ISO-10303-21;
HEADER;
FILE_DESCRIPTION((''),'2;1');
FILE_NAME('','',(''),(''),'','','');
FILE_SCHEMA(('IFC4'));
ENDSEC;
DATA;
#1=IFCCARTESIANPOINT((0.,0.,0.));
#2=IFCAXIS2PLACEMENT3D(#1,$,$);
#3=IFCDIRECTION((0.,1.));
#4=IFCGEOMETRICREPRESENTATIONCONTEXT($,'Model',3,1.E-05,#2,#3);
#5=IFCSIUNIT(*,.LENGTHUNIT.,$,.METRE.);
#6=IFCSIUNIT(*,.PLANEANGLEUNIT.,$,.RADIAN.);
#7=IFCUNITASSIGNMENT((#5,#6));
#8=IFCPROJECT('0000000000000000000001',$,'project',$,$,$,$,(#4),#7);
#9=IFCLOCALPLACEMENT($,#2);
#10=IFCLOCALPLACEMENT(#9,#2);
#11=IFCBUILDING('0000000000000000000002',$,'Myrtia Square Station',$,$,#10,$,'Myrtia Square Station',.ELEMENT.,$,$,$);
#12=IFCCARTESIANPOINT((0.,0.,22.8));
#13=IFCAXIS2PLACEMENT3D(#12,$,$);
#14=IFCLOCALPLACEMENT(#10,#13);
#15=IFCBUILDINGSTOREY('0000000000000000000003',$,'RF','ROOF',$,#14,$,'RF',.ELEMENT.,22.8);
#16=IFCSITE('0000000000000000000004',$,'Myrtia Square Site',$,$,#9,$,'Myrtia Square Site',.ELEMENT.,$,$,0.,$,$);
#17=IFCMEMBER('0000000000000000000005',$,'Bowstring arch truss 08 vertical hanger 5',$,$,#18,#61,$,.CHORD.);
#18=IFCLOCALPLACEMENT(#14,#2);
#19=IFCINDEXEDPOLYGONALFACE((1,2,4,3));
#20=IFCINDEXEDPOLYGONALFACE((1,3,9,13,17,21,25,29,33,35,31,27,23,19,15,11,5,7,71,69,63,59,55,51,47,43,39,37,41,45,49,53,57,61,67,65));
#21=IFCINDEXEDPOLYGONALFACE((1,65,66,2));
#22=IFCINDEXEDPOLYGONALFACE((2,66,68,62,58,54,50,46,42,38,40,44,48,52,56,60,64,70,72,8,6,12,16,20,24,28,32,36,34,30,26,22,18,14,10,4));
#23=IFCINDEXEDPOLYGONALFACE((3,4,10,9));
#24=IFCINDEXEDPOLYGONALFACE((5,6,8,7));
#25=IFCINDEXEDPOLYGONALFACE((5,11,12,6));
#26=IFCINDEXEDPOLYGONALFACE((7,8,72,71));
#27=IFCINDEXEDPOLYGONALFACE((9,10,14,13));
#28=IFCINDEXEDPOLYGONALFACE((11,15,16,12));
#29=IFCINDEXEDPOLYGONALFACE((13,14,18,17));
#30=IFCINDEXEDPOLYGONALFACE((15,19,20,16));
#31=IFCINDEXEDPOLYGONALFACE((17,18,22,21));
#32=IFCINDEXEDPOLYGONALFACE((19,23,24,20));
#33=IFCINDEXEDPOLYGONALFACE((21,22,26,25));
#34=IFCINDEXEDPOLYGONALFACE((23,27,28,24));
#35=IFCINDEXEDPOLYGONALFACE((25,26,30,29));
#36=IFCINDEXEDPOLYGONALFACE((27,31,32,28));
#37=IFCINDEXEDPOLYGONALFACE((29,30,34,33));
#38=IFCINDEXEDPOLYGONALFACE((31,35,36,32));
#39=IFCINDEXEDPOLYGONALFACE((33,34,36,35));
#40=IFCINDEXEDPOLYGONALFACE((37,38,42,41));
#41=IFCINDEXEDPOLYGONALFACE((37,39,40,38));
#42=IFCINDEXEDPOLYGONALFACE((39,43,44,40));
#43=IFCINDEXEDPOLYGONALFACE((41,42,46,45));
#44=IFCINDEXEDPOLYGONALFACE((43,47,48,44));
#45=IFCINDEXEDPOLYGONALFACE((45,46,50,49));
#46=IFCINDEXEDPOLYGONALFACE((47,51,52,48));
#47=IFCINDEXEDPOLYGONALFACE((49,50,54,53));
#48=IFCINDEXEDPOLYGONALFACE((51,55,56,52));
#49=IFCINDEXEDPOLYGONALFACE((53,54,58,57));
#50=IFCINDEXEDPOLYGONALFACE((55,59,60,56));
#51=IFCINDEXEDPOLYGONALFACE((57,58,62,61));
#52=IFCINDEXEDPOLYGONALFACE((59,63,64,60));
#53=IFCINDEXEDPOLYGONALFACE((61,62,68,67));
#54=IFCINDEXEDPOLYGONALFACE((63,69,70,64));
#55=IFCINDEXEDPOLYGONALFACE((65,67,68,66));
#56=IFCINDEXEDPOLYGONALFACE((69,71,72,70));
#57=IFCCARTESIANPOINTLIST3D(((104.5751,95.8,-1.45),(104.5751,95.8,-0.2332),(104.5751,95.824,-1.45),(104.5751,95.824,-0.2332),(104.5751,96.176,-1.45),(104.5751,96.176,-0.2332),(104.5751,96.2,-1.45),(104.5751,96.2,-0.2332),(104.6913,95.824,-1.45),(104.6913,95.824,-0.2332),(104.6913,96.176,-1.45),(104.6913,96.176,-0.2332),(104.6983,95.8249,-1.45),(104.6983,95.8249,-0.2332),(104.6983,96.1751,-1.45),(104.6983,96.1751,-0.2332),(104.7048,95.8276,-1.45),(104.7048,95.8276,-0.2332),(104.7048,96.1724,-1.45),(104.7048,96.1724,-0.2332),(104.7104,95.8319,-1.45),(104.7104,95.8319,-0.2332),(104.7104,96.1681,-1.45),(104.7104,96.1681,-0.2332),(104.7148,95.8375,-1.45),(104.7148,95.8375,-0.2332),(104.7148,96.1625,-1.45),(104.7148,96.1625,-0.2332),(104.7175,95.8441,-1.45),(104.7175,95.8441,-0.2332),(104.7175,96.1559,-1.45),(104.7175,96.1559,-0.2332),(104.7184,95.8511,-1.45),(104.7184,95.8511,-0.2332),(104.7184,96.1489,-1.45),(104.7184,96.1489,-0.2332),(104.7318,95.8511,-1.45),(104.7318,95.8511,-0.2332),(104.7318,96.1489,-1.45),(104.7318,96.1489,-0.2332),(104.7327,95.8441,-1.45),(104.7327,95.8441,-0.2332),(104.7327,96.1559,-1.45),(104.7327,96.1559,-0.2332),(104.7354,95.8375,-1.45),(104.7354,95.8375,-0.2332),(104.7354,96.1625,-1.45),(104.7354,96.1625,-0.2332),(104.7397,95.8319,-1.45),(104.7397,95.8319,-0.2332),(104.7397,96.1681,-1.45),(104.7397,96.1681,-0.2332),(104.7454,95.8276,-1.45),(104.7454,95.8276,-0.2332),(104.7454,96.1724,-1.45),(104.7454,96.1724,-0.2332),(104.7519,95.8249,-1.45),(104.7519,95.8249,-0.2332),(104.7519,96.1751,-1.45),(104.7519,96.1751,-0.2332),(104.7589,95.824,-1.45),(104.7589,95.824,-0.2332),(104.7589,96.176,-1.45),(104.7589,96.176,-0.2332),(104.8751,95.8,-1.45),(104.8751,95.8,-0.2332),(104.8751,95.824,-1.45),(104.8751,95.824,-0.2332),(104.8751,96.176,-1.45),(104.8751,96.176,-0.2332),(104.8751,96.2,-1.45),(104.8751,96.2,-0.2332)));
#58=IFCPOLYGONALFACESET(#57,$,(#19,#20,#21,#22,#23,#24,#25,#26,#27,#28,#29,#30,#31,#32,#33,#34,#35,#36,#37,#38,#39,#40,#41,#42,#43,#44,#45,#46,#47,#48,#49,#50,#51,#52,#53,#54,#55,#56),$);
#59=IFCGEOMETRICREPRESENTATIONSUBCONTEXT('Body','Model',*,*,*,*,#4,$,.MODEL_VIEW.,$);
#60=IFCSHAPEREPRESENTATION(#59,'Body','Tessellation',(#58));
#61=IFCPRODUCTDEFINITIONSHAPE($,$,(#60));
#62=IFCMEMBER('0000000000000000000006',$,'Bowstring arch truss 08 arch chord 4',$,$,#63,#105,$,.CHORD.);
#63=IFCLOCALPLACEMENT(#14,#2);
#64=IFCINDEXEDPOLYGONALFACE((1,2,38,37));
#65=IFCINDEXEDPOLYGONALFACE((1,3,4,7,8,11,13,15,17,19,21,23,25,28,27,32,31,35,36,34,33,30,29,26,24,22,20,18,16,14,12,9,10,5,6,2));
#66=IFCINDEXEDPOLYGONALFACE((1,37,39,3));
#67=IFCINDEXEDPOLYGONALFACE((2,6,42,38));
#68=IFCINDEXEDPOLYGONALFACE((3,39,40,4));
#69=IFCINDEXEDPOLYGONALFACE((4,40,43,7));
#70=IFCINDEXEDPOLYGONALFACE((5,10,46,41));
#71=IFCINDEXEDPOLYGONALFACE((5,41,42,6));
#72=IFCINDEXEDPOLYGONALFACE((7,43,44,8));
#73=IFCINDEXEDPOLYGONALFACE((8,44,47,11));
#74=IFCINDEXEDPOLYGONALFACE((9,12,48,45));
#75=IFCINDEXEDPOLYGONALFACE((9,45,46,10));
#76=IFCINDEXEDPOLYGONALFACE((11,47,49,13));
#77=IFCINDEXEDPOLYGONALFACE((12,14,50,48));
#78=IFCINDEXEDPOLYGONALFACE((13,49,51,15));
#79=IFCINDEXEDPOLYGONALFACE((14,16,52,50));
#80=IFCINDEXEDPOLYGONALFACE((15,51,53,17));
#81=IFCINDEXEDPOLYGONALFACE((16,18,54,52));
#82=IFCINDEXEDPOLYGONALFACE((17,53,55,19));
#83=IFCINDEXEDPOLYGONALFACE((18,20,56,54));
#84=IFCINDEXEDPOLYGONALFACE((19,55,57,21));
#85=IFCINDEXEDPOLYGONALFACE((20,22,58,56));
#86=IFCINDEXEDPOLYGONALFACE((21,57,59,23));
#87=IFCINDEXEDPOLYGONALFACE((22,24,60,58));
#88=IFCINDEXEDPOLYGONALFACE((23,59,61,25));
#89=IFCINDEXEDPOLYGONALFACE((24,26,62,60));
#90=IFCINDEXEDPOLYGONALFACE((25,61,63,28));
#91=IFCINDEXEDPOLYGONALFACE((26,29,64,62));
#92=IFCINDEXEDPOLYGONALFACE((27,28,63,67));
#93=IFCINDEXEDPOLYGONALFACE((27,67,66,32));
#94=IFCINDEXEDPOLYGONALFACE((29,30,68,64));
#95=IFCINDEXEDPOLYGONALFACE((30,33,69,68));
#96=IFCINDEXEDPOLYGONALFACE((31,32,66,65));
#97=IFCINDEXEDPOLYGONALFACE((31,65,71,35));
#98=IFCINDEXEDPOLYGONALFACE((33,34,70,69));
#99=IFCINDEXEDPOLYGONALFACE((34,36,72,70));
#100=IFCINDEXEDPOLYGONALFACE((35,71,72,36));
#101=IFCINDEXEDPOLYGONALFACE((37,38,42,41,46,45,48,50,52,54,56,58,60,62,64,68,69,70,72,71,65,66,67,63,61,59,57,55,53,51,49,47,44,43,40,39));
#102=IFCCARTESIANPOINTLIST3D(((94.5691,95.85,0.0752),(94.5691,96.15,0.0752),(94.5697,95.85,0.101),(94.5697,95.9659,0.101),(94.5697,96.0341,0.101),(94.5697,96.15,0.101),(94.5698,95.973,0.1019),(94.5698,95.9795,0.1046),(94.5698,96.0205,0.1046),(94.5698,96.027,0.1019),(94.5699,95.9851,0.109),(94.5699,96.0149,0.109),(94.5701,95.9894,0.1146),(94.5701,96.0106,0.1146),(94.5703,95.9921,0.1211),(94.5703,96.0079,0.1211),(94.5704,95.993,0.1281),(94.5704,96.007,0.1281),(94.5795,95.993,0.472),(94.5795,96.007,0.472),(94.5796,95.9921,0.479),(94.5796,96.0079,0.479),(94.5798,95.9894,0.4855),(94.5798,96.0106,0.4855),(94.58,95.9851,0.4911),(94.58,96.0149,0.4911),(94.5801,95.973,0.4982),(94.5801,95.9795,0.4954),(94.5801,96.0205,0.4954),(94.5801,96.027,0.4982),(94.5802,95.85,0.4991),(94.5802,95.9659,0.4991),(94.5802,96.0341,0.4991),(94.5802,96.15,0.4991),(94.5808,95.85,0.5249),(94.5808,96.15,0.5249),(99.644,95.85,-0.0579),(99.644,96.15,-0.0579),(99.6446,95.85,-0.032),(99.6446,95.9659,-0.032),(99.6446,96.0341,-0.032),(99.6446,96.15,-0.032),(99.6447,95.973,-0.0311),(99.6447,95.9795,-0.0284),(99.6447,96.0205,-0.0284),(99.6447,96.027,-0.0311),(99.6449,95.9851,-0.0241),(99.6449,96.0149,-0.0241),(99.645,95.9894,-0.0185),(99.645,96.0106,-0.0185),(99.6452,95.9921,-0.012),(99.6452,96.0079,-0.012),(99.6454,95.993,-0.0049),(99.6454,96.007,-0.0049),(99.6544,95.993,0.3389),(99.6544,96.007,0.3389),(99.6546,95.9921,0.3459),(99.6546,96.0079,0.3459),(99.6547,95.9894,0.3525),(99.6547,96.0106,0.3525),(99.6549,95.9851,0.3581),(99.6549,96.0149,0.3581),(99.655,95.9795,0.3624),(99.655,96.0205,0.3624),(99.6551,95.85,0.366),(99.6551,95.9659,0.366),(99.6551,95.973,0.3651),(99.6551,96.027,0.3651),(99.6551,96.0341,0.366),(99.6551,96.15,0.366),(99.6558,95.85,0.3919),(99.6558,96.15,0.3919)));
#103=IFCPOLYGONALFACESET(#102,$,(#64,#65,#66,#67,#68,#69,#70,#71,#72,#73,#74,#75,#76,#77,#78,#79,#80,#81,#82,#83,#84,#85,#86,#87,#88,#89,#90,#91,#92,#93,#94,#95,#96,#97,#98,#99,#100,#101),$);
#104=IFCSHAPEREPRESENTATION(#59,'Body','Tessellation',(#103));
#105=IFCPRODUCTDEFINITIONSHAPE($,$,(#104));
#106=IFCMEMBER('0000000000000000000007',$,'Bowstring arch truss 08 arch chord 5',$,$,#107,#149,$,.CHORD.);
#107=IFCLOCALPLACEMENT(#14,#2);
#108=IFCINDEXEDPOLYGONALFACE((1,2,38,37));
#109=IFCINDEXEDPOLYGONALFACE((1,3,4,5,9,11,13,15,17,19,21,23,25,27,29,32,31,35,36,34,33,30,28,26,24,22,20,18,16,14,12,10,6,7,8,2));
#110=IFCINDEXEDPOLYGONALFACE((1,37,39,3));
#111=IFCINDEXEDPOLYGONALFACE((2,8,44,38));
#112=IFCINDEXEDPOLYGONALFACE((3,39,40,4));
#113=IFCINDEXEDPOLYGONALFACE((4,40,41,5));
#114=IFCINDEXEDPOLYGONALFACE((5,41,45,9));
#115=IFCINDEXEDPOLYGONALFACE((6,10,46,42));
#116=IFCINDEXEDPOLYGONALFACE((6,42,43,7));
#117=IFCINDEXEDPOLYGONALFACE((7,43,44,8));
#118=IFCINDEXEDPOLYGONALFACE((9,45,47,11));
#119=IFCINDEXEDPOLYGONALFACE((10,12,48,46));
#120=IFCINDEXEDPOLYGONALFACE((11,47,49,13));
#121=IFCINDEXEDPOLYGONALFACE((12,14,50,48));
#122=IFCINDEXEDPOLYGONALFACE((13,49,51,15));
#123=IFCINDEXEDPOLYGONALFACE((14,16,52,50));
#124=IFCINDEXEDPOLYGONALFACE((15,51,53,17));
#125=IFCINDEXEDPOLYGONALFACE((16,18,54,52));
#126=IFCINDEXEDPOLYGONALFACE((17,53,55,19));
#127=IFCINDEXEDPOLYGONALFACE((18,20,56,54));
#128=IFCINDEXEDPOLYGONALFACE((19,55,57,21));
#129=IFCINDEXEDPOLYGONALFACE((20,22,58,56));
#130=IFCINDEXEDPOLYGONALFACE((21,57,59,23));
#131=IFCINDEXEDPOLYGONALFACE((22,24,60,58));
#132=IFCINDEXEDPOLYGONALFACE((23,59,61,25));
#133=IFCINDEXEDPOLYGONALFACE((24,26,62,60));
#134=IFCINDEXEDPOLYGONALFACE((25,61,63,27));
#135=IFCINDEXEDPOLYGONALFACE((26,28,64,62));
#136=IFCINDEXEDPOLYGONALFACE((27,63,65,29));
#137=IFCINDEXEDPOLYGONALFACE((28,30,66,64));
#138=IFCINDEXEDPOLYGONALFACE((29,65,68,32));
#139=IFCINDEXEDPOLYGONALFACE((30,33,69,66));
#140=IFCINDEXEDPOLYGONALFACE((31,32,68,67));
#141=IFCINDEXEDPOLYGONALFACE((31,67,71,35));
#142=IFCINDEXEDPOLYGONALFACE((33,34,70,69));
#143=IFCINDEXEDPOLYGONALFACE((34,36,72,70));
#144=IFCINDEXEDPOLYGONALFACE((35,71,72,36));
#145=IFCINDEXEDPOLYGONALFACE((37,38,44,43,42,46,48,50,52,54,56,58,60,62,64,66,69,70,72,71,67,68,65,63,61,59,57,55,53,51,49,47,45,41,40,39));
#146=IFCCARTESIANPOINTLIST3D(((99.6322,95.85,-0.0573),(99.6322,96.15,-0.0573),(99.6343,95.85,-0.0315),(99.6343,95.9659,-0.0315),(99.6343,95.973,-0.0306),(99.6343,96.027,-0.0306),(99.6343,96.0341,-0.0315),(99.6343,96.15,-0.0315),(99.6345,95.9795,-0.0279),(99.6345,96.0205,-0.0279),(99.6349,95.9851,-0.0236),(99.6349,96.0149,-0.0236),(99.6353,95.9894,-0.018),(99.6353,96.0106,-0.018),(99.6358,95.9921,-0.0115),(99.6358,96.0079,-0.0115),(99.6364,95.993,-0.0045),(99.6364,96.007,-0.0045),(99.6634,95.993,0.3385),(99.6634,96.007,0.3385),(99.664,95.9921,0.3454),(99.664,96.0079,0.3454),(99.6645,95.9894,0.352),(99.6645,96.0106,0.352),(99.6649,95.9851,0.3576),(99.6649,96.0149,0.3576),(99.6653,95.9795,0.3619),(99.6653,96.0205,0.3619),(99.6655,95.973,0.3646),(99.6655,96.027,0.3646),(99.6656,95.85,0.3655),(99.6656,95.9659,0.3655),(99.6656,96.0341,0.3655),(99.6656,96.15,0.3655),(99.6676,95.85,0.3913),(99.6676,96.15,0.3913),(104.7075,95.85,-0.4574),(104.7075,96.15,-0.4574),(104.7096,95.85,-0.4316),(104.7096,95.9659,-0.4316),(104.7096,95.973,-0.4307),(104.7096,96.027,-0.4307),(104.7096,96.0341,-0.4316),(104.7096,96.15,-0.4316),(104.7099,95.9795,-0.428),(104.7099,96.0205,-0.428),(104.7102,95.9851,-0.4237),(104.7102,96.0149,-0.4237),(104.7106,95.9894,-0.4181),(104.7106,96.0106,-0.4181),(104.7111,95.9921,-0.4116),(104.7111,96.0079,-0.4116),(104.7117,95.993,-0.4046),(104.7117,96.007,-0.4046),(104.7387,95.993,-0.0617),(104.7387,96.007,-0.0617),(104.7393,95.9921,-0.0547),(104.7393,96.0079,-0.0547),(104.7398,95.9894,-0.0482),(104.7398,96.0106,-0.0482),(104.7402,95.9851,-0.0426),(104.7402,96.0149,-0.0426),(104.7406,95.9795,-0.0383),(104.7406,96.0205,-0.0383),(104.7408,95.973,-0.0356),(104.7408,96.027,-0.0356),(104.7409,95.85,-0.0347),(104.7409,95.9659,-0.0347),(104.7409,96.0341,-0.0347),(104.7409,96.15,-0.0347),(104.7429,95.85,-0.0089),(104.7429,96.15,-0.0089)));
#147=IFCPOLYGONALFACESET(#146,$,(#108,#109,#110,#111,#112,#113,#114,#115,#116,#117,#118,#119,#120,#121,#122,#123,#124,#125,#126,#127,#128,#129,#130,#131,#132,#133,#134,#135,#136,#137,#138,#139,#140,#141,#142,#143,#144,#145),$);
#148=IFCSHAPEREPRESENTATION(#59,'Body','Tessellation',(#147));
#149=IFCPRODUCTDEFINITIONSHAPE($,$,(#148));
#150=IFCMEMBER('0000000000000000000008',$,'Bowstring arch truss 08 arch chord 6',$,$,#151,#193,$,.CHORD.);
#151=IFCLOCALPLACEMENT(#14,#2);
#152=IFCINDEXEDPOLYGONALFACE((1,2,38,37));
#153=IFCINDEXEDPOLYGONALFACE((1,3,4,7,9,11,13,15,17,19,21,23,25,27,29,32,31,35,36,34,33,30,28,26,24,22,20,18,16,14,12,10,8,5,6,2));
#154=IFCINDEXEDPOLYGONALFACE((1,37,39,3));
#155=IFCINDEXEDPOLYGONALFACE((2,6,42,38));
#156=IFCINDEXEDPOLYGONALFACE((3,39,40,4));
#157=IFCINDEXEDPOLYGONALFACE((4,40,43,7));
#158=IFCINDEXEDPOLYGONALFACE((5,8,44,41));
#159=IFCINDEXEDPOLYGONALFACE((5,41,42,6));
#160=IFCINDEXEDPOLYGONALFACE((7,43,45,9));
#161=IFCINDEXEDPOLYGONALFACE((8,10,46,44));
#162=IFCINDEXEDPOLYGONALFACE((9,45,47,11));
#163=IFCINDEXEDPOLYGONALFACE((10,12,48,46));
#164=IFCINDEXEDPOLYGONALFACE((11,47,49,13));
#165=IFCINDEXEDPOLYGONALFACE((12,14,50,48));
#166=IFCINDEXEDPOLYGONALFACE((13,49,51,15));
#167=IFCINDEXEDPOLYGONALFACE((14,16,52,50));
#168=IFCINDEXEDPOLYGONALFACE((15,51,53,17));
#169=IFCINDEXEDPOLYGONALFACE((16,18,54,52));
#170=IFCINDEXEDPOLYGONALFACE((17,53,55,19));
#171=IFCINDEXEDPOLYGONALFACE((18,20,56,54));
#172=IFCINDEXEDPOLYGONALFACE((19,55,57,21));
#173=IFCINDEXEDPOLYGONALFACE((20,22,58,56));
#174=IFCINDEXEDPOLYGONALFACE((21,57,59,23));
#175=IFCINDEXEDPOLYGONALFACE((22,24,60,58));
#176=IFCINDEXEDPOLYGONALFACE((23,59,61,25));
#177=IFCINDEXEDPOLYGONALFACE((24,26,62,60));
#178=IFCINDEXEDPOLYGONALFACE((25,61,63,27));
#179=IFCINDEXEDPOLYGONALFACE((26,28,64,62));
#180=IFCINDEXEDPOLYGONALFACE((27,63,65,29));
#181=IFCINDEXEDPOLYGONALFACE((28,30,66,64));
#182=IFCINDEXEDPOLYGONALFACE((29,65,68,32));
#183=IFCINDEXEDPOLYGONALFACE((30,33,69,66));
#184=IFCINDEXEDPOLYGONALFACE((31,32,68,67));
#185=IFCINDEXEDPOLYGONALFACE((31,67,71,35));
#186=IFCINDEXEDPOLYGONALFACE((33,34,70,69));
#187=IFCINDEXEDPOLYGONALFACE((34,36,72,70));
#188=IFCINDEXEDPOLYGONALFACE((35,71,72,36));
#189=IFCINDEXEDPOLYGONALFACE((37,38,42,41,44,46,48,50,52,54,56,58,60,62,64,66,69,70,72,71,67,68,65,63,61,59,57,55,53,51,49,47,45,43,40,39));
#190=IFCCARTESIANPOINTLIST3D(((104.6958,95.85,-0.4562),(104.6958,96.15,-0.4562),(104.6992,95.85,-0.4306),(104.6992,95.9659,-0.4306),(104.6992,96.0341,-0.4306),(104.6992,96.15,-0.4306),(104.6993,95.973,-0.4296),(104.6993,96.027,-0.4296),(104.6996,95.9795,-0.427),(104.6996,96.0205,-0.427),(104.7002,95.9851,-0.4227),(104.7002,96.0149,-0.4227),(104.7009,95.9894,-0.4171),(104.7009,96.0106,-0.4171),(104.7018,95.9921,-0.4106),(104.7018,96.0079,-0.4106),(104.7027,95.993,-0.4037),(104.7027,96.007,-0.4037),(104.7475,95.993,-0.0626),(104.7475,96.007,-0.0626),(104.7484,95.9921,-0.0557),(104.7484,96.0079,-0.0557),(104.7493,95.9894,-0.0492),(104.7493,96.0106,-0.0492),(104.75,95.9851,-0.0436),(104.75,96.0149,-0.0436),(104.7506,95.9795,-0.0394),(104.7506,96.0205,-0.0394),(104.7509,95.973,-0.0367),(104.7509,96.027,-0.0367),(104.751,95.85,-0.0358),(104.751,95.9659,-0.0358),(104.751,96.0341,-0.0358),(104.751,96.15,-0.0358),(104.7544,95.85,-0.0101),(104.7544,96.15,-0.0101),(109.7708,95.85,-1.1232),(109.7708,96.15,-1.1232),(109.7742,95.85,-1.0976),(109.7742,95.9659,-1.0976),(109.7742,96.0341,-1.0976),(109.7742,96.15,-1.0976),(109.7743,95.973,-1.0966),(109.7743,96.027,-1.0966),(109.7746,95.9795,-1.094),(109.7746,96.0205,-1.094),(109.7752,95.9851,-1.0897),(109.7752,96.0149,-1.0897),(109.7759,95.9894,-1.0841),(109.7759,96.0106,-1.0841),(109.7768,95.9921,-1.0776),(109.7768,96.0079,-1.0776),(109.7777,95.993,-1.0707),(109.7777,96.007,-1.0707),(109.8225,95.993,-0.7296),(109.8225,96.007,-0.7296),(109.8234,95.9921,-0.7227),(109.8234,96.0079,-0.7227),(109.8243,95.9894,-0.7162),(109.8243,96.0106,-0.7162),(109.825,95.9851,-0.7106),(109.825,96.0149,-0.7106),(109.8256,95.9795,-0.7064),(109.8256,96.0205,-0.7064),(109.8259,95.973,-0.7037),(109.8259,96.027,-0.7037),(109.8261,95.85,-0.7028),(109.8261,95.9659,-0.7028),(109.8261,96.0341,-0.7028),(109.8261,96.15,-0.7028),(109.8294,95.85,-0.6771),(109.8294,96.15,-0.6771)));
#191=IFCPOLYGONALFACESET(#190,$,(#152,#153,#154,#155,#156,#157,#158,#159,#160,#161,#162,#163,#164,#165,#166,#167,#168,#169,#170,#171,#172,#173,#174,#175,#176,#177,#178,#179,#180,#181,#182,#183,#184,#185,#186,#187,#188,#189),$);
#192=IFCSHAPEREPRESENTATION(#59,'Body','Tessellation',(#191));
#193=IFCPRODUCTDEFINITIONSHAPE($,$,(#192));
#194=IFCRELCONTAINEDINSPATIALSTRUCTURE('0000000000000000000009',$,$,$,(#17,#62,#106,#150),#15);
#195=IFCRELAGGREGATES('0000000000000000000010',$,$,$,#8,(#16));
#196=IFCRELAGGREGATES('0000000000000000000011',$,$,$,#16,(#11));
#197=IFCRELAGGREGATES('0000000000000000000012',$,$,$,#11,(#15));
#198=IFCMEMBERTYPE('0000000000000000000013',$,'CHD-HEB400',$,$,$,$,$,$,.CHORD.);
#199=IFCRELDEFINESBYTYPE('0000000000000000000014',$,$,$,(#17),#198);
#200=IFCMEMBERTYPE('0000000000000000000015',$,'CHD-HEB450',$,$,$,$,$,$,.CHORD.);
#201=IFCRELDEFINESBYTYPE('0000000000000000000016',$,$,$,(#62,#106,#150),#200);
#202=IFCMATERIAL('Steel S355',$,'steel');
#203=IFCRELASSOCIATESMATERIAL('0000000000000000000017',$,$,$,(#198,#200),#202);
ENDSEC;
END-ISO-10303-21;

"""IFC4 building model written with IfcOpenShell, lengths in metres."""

from ifc_helpers import new_model, si_unit, direction, frame, origin, origin_2d, place, context, subcontext, project, spatial, i_section, extrude, material, material_profile, profile_set, type_object, element, save


model = new_model("IFC4")

# Units and contexts
model_context = context("Model", 3, precision=1e-05, world=origin(), true_north=direction((0.0, 1.0)))
body_context = subcontext(model_context, "Body", "Model", "MODEL_VIEW")
ifc_project = project(units=[si_unit("LENGTHUNIT", "METRE"), si_unit("PLANEANGLEUNIT", "RADIAN")], contexts=[model_context])

# Site, building, storey
site_placement = place(None, origin())
site = spatial("IfcSite", under=ifc_project, at=site_placement, Name="Myrtia Square Site", LongName="Myrtia Square Site", CompositionType="ELEMENT", RefElevation=0.0)
building_placement = place(site_placement, origin())
building = spatial("IfcBuilding", under=site, at=building_placement, Name="Myrtia Square Station", LongName="Myrtia Square Station", CompositionType="ELEMENT")
storey_placement = place(building_placement, frame((0.0, 0.0, 22.8)))
storey = spatial("IfcBuildingStorey", under=building, at=storey_placement, Name="RF", Description="ROOF", LongName="RF", CompositionType="ELEMENT", Elevation=22.8)

# Shared definitions
ifc_material_1 = material(Name="Steel S355", Category="steel")

# Members
ifc_material_profile_1 = material_profile(ifc_material_1, i_section(OverallWidth=0.3, OverallDepth=0.3999, WebThickness=0.0134, FlangeThickness=0.0239, FilletRadius=0.0271, at=origin_2d()), Name="HEB 400")
ifc_profile_set_1 = profile_set([ifc_material_profile_1], Name="Steel S355")
member_type_1 = type_object("IfcMemberType", Name="CHD-HEB400", PredefinedType="CHORD", material=ifc_profile_set_1)
member_1_placement = place(storey_placement, frame((104.7251, 96.0, -1.45), z_axis=(0.0, 0.0, 1.0), x_axis=(1.0, 0.0, 0.0)))
element("IfcMember", 1, at=member_1_placement, inside=storey, type_object=member_type_1, Name="Bowstring arch truss 08 vertical hanger 5", PredefinedType="CHORD", context=body_context, shape_type="SweptSolid", body=[
    extrude(i_section(OverallWidth=0.3, OverallDepth=0.3999, WebThickness=0.0134, FlangeThickness=0.0239, FilletRadius=0.0271, at=origin_2d()), origin(), (0.0, 0.0, 1.0), 1.2168),
])
ifc_material_profile_2 = material_profile(ifc_material_1, i_section(OverallWidth=0.3, OverallDepth=0.45, WebThickness=0.0139, FlangeThickness=0.0259, FilletRadius=0.0271, at=origin_2d()), Name="HEB 450")
ifc_profile_set_2 = profile_set([ifc_material_profile_2], Name="Steel S355")
member_type_2 = type_object("IfcMemberType", Name="CHD-HEB450", PredefinedType="CHORD", material=ifc_profile_set_2)
member_2_placement = place(storey_placement, frame((94.575, 96.0, 0.3), z_axis=(0.999656, 0.0, -0.026209), x_axis=(0.0, 1.0, 0.0)))
element("IfcMember", 2, at=member_2_placement, inside=storey, type_object=member_type_2, Name="Bowstring arch truss 08 arch chord 4", PredefinedType="CHORD", context=body_context, shape_type="SweptSolid", body=[
    extrude(i_section(OverallWidth=0.3, OverallDepth=0.45, WebThickness=0.0139, FlangeThickness=0.0259, FilletRadius=0.0271, at=origin_2d()), origin(), (0.0, 0.0, 1.0), 5.0767),
])
member_3_placement = place(storey_placement, frame((99.6499, 96.0, 0.167), z_axis=(0.996906, 0.0, -0.0786), x_axis=(0.0, 1.0, 0.0)))
element("IfcMember", 3, at=member_3_placement, inside=storey, type_object=member_type_2, Name="Bowstring arch truss 08 arch chord 5", PredefinedType="CHORD", context=body_context, shape_type="SweptSolid", body=[
    extrude(i_section(OverallWidth=0.3, OverallDepth=0.45, WebThickness=0.0139, FlangeThickness=0.0259, FilletRadius=0.0271, at=origin_2d()), origin(), (0.0, 0.0, 1.0), 5.0911),
])
member_4_placement = place(storey_placement, frame((104.7251, 96.0, -0.2332), z_axis=(0.991474, 0.0, -0.130308), x_axis=(0.0, 1.0, 0.0)))
element("IfcMember", 4, at=member_4_placement, inside=storey, type_object=member_type_2, Name="Bowstring arch truss 08 arch chord 6", PredefinedType="CHORD", context=body_context, shape_type="SweptSolid", body=[
    extrude(i_section(OverallWidth=0.3, OverallDepth=0.45, WebThickness=0.0139, FlangeThickness=0.0259, FilletRadius=0.0271, at=origin_2d()), origin(), (0.0, 0.0, 1.0), 5.1187),
])

save(model, "model.ifc")
